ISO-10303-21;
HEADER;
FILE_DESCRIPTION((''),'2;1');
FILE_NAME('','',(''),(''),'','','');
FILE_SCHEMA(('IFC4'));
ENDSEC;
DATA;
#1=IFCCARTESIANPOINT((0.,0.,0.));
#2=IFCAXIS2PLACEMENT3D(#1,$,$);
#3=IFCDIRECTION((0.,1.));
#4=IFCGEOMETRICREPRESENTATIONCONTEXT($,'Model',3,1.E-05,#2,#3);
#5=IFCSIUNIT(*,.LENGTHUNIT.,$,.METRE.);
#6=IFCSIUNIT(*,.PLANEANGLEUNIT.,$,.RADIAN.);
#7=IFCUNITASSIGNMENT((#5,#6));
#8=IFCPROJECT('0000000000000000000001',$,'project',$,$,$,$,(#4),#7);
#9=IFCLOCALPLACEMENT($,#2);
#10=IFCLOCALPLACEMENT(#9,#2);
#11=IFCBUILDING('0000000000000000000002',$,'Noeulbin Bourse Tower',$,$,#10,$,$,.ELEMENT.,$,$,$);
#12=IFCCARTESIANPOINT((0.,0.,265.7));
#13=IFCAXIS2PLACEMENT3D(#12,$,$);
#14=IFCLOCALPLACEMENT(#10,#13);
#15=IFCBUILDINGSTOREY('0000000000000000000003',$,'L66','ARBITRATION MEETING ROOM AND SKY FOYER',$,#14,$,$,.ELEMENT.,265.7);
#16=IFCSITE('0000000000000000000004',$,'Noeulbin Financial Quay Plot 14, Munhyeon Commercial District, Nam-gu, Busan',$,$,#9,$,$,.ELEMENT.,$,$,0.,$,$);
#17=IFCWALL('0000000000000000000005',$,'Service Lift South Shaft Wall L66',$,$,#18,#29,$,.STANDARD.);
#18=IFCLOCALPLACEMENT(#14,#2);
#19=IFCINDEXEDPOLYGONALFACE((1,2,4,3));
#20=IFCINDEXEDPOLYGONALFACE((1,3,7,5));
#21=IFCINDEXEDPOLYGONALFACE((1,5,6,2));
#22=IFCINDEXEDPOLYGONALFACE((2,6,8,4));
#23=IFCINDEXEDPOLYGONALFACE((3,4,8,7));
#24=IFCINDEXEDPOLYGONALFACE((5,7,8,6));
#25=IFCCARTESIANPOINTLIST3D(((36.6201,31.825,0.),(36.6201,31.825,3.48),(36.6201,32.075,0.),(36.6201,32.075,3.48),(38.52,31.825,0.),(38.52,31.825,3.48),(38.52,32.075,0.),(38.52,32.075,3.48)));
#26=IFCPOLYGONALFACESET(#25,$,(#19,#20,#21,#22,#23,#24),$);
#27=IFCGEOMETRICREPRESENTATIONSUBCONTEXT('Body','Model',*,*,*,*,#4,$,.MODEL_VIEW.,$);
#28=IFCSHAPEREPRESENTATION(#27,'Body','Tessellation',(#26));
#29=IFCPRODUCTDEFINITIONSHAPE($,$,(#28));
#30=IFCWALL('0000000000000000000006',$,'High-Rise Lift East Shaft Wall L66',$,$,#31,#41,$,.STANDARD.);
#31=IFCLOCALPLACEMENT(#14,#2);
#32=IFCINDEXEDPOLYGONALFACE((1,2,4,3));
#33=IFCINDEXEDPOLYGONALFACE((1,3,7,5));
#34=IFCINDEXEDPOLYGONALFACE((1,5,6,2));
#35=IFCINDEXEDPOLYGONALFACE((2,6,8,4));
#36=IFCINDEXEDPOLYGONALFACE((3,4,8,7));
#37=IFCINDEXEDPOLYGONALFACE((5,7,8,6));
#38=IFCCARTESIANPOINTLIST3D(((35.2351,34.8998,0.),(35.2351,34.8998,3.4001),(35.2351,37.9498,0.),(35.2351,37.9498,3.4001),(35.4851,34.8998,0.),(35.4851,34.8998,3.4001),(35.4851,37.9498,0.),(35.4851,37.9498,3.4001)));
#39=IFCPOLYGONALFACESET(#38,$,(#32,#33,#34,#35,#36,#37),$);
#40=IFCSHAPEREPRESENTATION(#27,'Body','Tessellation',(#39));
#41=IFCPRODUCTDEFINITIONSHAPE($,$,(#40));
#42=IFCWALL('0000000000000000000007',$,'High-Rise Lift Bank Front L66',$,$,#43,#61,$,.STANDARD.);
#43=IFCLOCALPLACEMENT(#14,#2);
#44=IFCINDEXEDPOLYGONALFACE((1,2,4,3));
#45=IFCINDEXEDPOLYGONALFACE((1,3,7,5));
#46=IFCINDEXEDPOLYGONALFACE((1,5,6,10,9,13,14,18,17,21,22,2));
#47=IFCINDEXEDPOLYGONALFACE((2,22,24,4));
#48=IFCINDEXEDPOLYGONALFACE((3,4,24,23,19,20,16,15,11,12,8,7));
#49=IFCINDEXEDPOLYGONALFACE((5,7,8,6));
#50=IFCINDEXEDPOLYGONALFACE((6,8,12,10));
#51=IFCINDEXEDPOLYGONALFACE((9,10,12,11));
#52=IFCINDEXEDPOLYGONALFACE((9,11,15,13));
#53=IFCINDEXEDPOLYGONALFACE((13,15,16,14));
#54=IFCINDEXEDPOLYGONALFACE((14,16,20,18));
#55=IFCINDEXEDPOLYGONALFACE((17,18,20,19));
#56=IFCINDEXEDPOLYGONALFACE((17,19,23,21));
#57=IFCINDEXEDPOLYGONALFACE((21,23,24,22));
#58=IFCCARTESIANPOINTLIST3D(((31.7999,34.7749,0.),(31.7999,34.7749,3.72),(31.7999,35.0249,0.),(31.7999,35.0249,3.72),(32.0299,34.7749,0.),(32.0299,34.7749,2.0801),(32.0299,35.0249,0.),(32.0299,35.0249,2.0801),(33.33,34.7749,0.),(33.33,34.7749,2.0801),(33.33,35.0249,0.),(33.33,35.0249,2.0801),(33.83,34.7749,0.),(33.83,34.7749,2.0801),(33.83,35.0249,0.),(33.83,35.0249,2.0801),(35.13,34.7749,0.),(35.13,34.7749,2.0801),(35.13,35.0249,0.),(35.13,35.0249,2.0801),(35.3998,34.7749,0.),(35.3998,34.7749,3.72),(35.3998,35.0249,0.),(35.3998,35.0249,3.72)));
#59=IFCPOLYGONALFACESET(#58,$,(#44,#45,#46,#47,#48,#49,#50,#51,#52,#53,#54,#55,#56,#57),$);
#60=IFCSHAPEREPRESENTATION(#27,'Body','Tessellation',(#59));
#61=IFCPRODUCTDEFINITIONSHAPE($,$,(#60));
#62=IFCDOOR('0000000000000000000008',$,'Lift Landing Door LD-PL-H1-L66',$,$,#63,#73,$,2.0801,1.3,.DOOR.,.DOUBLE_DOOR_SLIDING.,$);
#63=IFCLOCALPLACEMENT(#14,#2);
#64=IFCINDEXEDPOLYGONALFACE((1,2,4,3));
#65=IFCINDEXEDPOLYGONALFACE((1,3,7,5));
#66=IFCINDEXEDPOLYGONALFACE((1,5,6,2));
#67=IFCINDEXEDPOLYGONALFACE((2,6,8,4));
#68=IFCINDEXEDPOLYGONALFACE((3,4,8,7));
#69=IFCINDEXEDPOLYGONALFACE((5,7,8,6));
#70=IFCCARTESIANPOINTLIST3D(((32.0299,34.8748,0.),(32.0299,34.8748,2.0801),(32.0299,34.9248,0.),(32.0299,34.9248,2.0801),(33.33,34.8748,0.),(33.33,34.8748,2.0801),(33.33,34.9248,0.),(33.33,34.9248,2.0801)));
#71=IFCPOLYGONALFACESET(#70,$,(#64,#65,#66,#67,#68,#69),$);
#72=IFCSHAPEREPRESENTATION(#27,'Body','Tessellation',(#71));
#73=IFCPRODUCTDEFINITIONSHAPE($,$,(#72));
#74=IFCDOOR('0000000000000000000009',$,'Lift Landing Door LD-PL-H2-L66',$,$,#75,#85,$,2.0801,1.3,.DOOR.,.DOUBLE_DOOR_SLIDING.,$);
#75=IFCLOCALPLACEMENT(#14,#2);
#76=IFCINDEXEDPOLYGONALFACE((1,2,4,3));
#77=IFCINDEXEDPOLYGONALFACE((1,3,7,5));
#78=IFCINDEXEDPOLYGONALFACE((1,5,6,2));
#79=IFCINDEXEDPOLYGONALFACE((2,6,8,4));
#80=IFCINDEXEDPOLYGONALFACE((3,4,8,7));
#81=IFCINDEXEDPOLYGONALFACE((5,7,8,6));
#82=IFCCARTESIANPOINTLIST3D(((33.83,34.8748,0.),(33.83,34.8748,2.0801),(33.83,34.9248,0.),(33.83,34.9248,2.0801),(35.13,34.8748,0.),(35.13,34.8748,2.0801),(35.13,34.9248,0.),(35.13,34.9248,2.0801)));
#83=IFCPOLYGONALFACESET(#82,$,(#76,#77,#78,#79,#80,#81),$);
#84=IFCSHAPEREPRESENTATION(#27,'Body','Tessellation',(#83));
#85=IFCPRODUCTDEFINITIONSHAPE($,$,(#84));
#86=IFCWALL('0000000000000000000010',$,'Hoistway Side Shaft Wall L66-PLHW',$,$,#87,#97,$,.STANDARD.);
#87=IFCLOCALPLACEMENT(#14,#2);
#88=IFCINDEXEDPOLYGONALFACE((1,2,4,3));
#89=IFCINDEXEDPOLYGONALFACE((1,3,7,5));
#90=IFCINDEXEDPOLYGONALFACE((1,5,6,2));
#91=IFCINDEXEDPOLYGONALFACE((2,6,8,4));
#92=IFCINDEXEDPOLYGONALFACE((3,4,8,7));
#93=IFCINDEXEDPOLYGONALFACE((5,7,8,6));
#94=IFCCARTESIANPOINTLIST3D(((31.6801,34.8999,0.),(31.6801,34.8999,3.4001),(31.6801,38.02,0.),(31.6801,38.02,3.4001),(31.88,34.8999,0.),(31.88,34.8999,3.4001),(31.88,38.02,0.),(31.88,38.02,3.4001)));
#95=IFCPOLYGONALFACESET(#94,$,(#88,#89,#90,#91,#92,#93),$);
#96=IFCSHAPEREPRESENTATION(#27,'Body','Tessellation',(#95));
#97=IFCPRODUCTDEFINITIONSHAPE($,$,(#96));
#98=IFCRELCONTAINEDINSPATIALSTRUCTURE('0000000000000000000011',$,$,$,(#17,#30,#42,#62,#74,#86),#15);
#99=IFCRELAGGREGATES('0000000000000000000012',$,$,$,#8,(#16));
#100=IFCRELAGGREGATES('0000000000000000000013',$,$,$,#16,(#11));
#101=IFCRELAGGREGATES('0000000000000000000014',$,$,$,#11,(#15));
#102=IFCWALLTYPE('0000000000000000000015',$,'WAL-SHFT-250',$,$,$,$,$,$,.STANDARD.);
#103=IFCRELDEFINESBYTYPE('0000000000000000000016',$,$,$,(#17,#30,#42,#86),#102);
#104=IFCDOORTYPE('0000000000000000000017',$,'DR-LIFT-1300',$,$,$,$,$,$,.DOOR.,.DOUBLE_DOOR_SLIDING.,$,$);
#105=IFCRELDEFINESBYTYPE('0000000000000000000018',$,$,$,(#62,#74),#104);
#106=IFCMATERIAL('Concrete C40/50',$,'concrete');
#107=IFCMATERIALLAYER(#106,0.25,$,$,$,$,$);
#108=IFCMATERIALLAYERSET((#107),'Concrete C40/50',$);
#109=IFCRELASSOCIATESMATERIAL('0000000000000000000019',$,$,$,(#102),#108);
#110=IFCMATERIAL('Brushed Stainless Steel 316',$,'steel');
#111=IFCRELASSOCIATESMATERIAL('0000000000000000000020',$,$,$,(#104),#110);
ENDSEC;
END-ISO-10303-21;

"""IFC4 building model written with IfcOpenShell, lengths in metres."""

from ifc_helpers import new_model, si_unit, direction, frame, frame_2d, origin, place, context, subcontext, project, spatial, rectangle, extrude, material, layer, layer_set, type_object, element, fill, save


model = new_model("IFC4")

# Units and contexts
model_context = context("Model", 3, precision=1e-05, world=origin(), true_north=direction((0.0, 1.0)))
body_context = subcontext(model_context, "Body", "Model", "MODEL_VIEW")
ifc_project = project(units=[si_unit("LENGTHUNIT", "METRE"), si_unit("PLANEANGLEUNIT", "RADIAN")], contexts=[model_context])

# Site, building, storey
site_placement = place(None, origin())
site = spatial("IfcSite", under=ifc_project, at=site_placement, Name="Noeulbin Financial Quay Plot 14, Munhyeon Commercial District, Nam-gu, Busan", CompositionType="ELEMENT", RefElevation=0.0)
building_placement = place(site_placement, origin())
building = spatial("IfcBuilding", under=site, at=building_placement, Name="Noeulbin Bourse Tower", CompositionType="ELEMENT")
storey_placement = place(building_placement, frame((0.0, 0.0, 265.7)))
storey = spatial("IfcBuildingStorey", under=building, at=storey_placement, Name="L66", Description="ARBITRATION MEETING ROOM AND SKY FOYER", CompositionType="ELEMENT", Elevation=265.7)

# Shared definitions
ifc_material_1 = material(Name="Concrete C40/50", Category="concrete")
ifc_layer_1 = layer(ifc_material_1, 0.25)
ifc_layer_set_1 = layer_set([ifc_layer_1], Name="Concrete C40/50")
wall_type_1 = type_object("IfcWallType", Name="WAL-SHFT-250", PredefinedType="STANDARD", material=ifc_layer_set_1)
ifc_material_2 = material(Name="Brushed Stainless Steel 316", Category="steel")

# Walls
wall_1_placement = place(storey_placement, frame((36.6201, 31.95, 0.0), z_axis=(0.0, 0.0, 1.0), x_axis=(1.0, 0.0, 0.0)))
element("IfcWall", 1, at=wall_1_placement, inside=storey, type_object=wall_type_1, Name="Service Lift South Shaft Wall L66", PredefinedType="STANDARD", context=body_context, shape_type="SweptSolid", body=[
    extrude(rectangle(XDim=1.8999, YDim=0.25, at=frame_2d((0.95, 0.0))), origin(), (0.0, 0.0, 1.0), 3.48),
])
wall_2_placement = place(storey_placement, frame((35.3601, 34.8999, 0.0), z_axis=(0.0, 0.0, 1.0), x_axis=(0.0, 1.0, 0.0)))
element("IfcWall", 2, at=wall_2_placement, inside=storey, type_object=wall_type_1, Name="High-Rise Lift East Shaft Wall L66", PredefinedType="STANDARD", context=body_context, shape_type="SweptSolid", body=[
    extrude(rectangle(XDim=3.05, YDim=0.25, at=frame_2d((1.5249, 0.0))), origin(), (0.0, 0.0, 1.0), 3.4001),
])

# Wall, openings, doors
wall_3_placement = place(storey_placement, frame((31.8, 34.8999, 0.0), z_axis=(0.0, 0.0, 1.0), x_axis=(1.0, 0.0, 0.0)))
wall_3 = element("IfcWall", 3, at=wall_3_placement, inside=storey, type_object=wall_type_1, Name="High-Rise Lift Bank Front L66", PredefinedType="STANDARD", context=body_context, shape_type="SweptSolid", body=[
    extrude(rectangle(XDim=3.5999, YDim=0.25, at=frame_2d((1.7998, 0.0))), origin(), (0.0, 0.0, 1.0), 3.72),
])
opening_1_placement = place(wall_3_placement, frame((0.23, 0.0, 0.0)))
opening_1 = element("IfcOpeningElement", 4, at=opening_1_placement, cuts=wall_3, PredefinedType="OPENING", context=body_context, shape_type="SweptSolid", body=[
    extrude(rectangle(XDim=1.3, YDim=2.0801, at=frame_2d((0.6499, 1.04))), frame((0.0, 0.135, 0.0), z_axis=(0.0, -1.0, 0.0), x_axis=(1.0, 0.0, 0.0)), (0.0, 0.0, 1.0), 0.27),
])
opening_2_placement = place(wall_3_placement, frame((2.03, 0.0, 0.0)))
opening_2 = element("IfcOpeningElement", 5, at=opening_2_placement, cuts=wall_3, PredefinedType="OPENING", context=body_context, shape_type="SweptSolid", body=[
    extrude(rectangle(XDim=1.3, YDim=2.0801, at=frame_2d((0.6499, 1.04))), frame((0.0, 0.135, 0.0), z_axis=(0.0, -1.0, 0.0), x_axis=(1.0, 0.0, 0.0)), (0.0, 0.0, 1.0), 0.27),
])
door_type_1 = type_object("IfcDoorType", Name="DR-LIFT-1300", OperationType="DOUBLE_DOOR_SLIDING", PredefinedType="DOOR", material=ifc_material_2)
door_1_placement = place(opening_1_placement, origin())
door_1 = element("IfcDoor", 6, at=door_1_placement, inside=storey, type_object=door_type_1, Name="Lift Landing Door LD-PL-H1-L66", OperationType="DOUBLE_DOOR_SLIDING", OverallHeight=2.0801, OverallWidth=1.3, PredefinedType="DOOR", context=body_context, shape_type="SweptSolid", body=[
    extrude(rectangle(XDim=1.3, YDim=2.0801, at=frame_2d((0.6499, 1.04))), frame((0.0, 0.0249, 0.0), z_axis=(0.0, -1.0, 0.0), x_axis=(1.0, 0.0, 0.0)), (0.0, 0.0, 1.0), 0.05),
])
fill(opening_1, door_1)
door_2_placement = place(opening_2_placement, origin())
door_2 = element("IfcDoor", 7, at=door_2_placement, inside=storey, type_object=door_type_1, Name="Lift Landing Door LD-PL-H2-L66", OperationType="DOUBLE_DOOR_SLIDING", OverallHeight=2.0801, OverallWidth=1.3, PredefinedType="DOOR", context=body_context, shape_type="SweptSolid", body=[
    extrude(rectangle(XDim=1.3, YDim=2.0801, at=frame_2d((0.6499, 1.04))), frame((0.0, 0.0249, 0.0), z_axis=(0.0, -1.0, 0.0), x_axis=(1.0, 0.0, 0.0)), (0.0, 0.0, 1.0), 0.05),
])
fill(opening_2, door_2)

# Wall
wall_4_placement = place(storey_placement, frame((31.78, 34.8999, 0.0), z_axis=(0.0, 0.0, 1.0), x_axis=(0.0, 1.0, 0.0)))
element("IfcWall", 8, at=wall_4_placement, inside=storey, type_object=wall_type_1, Name="Hoistway Side Shaft Wall L66-PLHW", PredefinedType="STANDARD", context=body_context, shape_type="SweptSolid", body=[
    extrude(rectangle(XDim=3.1201, YDim=0.2, at=frame_2d((1.5601, 0.0))), origin(), (0.0, 0.0, 1.0), 3.4001),
])

save(model, "model.ifc")
